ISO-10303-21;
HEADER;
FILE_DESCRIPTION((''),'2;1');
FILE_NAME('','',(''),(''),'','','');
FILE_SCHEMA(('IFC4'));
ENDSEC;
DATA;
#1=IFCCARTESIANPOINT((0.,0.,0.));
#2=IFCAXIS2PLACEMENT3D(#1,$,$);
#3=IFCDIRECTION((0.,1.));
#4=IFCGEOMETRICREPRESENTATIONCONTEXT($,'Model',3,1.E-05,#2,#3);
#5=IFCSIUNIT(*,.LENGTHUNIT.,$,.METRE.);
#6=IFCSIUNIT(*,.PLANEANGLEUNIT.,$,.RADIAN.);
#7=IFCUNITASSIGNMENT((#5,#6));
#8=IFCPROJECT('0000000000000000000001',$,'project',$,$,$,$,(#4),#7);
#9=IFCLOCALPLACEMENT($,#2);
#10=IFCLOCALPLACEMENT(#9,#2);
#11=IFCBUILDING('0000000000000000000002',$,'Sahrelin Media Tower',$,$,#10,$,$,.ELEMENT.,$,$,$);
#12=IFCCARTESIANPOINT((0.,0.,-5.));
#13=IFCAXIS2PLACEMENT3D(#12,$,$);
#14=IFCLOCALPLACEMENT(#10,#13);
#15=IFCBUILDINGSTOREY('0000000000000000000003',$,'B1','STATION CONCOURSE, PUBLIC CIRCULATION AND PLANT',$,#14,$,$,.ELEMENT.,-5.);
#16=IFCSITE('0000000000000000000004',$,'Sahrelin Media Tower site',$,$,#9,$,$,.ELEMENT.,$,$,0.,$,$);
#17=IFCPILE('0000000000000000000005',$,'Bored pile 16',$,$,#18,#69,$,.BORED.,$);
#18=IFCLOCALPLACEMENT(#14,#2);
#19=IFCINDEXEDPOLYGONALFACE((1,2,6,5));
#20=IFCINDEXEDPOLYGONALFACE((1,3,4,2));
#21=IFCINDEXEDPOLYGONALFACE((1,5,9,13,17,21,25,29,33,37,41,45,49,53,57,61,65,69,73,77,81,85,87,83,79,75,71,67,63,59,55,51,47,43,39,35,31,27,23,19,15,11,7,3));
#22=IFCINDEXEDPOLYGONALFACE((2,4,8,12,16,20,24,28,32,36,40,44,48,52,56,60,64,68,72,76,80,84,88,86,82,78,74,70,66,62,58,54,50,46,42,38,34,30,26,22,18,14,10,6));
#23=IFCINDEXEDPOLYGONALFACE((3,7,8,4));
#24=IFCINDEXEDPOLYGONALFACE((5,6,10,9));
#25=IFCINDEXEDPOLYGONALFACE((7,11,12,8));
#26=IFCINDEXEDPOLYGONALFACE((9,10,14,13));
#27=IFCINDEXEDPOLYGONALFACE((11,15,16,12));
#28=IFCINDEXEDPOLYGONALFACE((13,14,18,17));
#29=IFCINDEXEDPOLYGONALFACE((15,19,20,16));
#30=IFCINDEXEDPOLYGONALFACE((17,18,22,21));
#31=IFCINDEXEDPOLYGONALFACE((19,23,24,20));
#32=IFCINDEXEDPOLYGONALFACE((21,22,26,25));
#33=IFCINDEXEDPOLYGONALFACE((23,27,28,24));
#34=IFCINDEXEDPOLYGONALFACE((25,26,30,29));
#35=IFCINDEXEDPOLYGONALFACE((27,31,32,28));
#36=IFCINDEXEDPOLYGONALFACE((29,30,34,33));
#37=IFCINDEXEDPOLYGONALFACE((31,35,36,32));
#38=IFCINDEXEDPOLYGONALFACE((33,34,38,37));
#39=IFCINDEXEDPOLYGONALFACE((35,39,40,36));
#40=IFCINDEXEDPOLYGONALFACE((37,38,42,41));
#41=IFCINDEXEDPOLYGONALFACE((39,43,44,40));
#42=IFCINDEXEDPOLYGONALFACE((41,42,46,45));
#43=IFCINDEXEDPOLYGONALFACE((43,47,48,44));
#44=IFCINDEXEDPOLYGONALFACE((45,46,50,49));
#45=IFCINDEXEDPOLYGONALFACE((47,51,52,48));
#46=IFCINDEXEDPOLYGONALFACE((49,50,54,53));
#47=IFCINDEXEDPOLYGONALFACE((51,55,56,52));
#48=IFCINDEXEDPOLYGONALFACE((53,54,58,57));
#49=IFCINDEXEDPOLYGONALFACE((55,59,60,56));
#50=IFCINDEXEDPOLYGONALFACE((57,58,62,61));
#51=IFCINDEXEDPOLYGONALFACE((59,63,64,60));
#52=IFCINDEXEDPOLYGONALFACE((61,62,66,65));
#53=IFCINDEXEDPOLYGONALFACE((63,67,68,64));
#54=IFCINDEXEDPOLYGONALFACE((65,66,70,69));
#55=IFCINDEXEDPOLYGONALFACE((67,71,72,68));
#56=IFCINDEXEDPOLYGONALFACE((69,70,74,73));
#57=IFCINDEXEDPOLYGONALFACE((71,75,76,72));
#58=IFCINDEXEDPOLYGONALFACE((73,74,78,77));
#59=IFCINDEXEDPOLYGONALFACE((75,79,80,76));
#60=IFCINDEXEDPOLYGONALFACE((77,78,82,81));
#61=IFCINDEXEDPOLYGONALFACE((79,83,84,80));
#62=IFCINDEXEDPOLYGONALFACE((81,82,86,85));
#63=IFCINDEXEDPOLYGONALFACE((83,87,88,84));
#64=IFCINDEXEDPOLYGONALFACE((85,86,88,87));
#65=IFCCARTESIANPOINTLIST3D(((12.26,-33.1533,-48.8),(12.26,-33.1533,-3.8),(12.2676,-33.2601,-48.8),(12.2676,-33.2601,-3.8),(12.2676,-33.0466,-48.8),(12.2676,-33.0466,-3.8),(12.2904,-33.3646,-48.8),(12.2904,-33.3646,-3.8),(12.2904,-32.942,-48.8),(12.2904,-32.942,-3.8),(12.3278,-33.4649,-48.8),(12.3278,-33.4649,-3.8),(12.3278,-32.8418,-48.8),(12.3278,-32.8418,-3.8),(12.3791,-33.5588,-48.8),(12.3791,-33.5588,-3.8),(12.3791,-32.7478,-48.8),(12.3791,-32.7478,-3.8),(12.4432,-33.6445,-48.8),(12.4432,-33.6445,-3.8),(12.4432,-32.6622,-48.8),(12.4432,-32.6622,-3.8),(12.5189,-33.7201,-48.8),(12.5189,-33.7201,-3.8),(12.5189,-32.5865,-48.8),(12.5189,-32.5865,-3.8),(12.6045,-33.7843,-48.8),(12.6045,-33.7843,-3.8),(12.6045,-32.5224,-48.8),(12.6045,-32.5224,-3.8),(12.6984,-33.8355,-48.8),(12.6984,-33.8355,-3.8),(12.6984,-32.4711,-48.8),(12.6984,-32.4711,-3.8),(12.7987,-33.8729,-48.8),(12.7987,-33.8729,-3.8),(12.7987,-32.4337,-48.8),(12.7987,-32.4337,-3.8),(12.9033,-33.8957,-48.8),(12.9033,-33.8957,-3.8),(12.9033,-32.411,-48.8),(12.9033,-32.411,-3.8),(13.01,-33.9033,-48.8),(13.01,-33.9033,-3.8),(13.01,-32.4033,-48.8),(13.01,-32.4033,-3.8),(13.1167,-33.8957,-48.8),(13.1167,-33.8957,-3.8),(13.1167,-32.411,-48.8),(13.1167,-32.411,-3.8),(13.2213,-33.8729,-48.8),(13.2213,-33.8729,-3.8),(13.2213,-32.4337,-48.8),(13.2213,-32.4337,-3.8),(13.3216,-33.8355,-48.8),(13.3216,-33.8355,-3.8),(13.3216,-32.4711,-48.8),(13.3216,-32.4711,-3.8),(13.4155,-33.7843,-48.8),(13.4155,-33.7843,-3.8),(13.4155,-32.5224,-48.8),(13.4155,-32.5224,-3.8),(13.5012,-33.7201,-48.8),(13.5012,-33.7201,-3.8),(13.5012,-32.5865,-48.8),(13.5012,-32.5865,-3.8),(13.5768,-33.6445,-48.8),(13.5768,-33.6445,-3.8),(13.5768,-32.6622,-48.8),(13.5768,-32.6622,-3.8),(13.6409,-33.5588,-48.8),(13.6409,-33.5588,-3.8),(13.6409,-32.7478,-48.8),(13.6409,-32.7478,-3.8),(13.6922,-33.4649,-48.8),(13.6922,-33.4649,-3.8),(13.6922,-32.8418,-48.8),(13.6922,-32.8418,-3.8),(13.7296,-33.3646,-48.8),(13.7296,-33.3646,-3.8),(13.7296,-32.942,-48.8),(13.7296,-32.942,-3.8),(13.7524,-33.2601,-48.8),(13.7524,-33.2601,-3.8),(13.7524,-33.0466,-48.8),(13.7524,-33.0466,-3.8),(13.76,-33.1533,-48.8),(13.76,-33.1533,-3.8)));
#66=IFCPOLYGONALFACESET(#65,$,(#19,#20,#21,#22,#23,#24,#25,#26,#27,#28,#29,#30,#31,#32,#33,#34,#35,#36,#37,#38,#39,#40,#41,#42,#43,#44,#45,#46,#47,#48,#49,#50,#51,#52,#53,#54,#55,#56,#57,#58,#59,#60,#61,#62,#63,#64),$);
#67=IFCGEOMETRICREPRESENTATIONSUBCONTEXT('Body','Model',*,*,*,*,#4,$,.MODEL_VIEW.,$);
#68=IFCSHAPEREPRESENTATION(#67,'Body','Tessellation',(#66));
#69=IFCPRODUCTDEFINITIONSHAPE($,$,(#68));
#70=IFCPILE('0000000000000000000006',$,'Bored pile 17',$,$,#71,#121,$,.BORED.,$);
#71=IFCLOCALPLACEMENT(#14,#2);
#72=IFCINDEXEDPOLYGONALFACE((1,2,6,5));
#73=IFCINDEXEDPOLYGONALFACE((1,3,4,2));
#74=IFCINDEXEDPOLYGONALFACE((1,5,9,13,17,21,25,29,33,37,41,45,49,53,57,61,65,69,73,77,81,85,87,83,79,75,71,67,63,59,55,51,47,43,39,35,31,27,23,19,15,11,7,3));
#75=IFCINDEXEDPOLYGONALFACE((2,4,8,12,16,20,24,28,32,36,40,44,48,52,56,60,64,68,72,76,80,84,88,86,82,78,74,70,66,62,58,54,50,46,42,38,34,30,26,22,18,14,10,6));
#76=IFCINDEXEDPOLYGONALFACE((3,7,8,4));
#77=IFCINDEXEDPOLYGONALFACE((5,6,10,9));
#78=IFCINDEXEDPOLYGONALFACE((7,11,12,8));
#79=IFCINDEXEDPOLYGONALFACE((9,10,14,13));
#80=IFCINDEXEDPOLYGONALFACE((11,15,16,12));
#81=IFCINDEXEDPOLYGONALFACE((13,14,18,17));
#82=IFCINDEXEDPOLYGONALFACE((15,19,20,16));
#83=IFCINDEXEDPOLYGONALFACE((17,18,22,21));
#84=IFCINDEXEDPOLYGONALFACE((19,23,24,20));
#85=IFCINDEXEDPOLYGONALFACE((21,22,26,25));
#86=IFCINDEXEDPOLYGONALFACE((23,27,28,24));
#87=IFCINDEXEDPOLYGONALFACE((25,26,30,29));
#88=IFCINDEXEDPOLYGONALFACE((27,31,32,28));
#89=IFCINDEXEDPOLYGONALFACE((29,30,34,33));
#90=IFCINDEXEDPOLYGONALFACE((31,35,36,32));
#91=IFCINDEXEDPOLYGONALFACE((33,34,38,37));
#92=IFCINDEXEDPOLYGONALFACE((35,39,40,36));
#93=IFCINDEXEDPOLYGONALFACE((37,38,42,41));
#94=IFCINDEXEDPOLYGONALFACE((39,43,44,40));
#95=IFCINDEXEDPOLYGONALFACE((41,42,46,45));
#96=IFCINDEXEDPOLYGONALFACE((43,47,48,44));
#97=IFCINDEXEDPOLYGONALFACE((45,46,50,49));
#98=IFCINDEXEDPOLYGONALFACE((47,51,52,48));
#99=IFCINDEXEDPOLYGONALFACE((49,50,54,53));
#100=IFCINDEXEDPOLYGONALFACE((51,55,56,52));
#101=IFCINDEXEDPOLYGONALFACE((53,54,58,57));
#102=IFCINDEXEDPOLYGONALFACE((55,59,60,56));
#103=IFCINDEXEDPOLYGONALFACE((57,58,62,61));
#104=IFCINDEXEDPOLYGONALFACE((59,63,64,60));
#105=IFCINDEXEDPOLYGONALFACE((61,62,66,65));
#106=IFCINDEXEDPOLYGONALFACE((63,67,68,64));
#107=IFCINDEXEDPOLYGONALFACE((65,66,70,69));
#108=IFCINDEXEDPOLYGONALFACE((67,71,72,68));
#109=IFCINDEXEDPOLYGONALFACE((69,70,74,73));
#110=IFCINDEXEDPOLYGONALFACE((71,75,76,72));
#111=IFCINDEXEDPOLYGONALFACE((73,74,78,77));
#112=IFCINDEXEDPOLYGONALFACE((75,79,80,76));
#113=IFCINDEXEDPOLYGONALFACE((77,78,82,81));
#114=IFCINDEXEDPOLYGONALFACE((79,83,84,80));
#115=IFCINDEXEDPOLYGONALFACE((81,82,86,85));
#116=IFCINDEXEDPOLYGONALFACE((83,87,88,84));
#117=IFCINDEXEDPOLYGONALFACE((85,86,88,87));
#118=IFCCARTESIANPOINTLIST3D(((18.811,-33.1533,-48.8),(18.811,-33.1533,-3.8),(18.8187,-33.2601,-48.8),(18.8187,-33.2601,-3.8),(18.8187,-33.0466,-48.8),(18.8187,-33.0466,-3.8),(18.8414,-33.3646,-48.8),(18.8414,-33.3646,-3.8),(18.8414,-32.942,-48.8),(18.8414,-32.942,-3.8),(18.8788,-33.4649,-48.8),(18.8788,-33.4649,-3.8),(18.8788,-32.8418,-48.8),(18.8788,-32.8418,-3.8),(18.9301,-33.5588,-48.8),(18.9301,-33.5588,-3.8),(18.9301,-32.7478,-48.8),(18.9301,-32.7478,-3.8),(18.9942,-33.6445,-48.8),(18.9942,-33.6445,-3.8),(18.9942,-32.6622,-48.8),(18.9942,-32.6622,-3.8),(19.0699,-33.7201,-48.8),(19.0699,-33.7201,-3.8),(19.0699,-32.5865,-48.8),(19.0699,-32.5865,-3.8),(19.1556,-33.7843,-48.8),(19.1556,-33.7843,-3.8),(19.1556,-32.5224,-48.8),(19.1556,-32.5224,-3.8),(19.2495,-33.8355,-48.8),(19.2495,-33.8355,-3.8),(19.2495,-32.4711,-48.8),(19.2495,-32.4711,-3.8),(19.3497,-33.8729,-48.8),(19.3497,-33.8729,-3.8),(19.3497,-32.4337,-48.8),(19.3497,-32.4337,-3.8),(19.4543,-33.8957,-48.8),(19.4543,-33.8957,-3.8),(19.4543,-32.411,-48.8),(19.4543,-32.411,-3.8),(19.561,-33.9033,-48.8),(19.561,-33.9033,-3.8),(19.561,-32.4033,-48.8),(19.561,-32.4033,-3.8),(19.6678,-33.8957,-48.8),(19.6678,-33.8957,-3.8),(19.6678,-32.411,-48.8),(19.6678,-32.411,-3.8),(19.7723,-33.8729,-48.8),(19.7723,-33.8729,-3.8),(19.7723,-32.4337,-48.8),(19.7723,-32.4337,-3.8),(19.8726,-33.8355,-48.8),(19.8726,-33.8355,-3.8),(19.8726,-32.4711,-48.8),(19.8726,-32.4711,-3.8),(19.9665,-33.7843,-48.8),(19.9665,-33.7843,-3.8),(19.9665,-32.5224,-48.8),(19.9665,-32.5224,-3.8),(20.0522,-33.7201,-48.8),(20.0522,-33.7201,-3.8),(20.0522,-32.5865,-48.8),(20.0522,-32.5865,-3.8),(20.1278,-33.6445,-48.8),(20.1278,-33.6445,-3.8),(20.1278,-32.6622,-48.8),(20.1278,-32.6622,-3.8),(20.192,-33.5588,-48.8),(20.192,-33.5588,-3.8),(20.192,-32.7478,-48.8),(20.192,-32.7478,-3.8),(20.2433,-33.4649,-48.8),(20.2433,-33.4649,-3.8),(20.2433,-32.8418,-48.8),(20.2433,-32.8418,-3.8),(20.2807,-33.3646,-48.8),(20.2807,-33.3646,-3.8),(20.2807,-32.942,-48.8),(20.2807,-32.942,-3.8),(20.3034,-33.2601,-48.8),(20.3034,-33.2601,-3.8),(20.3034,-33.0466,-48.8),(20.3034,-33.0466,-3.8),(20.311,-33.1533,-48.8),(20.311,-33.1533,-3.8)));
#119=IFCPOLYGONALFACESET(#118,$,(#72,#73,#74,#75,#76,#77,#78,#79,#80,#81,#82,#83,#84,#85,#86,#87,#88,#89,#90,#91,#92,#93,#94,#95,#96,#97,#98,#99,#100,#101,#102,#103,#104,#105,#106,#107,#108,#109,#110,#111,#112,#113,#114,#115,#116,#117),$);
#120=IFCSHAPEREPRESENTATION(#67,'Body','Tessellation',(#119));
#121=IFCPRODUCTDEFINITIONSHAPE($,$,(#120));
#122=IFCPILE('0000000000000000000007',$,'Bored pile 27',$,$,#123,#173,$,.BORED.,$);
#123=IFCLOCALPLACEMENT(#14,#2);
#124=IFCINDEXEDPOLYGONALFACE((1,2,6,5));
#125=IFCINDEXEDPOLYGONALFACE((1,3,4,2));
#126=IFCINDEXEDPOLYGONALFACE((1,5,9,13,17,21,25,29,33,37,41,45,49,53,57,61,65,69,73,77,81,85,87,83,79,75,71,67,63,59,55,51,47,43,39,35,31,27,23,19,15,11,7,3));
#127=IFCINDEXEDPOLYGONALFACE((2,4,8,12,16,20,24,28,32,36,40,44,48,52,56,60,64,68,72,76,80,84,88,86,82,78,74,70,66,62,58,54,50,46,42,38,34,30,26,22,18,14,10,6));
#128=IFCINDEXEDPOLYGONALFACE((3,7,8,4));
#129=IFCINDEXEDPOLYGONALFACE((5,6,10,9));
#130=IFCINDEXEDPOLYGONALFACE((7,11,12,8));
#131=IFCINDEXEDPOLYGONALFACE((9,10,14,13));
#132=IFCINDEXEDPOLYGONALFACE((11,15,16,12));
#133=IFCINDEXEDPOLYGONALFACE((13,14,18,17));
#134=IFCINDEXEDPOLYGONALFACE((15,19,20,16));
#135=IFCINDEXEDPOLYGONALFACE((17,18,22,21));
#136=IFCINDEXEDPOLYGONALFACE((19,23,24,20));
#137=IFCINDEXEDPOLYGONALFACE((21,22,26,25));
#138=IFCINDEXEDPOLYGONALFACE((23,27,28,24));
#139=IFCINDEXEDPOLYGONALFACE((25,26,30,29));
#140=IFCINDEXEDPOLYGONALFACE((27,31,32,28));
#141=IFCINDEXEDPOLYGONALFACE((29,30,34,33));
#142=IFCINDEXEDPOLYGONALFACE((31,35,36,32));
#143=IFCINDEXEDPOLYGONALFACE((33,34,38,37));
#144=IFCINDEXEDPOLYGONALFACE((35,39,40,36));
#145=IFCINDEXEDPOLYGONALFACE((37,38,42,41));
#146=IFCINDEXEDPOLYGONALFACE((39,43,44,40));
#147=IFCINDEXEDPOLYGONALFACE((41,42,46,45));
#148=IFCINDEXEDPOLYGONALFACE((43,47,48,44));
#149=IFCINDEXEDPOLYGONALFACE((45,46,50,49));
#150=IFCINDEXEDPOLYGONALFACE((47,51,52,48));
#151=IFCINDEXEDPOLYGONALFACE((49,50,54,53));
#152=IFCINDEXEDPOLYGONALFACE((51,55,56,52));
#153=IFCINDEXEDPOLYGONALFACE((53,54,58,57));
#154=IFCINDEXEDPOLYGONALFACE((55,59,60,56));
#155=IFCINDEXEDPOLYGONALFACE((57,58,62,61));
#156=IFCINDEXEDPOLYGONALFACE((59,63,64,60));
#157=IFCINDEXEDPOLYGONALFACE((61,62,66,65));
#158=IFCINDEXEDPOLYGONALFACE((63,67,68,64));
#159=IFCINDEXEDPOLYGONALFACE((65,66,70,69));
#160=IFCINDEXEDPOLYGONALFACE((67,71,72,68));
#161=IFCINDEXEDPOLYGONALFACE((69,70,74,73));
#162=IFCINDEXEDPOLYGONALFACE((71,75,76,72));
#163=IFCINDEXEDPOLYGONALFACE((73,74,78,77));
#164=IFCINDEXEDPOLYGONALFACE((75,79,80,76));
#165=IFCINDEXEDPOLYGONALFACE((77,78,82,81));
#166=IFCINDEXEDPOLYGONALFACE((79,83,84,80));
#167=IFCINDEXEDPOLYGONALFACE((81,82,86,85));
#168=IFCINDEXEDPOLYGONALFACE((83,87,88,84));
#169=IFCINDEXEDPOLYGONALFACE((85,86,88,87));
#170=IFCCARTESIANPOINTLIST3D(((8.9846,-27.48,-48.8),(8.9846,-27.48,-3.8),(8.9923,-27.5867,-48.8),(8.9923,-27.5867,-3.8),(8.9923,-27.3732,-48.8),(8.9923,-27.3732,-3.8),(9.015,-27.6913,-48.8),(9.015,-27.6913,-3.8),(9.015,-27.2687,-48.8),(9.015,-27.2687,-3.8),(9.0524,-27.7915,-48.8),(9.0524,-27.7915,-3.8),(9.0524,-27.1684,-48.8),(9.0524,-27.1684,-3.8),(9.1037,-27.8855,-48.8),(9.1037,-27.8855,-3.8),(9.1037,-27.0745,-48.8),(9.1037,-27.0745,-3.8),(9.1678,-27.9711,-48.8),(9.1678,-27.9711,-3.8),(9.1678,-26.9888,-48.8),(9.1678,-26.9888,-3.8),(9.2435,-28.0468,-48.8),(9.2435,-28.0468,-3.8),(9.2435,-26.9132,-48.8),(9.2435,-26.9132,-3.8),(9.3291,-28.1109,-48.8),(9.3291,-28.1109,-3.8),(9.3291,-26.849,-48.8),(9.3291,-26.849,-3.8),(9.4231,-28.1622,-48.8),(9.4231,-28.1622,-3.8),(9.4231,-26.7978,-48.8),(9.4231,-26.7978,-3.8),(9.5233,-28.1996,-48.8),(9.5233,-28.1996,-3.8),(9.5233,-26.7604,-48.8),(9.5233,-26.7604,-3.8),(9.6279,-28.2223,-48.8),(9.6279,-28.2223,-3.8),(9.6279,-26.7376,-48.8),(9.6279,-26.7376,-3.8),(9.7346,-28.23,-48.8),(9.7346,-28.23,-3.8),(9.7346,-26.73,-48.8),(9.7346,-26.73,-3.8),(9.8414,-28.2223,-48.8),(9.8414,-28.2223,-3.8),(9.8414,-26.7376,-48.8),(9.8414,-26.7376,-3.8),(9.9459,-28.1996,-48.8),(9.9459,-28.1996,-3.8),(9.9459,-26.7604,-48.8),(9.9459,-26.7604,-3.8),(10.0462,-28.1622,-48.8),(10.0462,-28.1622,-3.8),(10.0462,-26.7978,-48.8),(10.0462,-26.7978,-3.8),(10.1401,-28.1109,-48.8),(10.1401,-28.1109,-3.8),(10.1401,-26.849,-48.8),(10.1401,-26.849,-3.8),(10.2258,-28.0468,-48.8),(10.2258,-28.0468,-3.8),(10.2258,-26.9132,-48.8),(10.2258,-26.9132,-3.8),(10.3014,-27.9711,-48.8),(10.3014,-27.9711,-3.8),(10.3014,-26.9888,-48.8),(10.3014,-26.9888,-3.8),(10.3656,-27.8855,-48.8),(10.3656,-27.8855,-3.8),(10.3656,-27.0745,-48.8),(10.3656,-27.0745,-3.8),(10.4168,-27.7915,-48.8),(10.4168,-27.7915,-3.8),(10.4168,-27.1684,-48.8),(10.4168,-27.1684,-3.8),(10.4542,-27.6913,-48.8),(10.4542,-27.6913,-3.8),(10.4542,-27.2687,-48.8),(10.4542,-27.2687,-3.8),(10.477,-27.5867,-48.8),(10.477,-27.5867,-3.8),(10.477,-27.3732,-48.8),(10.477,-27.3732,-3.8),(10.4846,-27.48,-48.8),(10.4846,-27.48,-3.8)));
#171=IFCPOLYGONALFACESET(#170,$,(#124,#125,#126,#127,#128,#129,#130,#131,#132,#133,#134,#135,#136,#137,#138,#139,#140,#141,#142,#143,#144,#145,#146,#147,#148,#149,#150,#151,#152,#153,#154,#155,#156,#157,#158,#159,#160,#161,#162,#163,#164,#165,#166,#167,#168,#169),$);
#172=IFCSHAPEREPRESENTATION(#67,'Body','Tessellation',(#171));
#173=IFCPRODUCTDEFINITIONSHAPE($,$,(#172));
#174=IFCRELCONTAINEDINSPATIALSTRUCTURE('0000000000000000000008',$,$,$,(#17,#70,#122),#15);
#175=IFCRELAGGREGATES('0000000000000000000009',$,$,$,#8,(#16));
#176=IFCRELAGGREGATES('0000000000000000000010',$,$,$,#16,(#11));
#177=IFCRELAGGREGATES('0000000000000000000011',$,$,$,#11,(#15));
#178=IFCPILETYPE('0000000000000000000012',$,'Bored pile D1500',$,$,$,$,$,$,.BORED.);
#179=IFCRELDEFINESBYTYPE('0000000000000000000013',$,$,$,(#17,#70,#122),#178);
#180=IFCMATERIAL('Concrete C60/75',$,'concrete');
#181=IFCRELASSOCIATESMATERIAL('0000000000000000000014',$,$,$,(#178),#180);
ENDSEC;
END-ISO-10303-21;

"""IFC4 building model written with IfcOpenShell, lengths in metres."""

from ifc_helpers import new_model, si_unit, direction, frame, origin, origin_2d, place, context, subcontext, project, spatial, circle, extrude, material, material_profile, profile_set, type_object, element, save


model = new_model("IFC4")

# Units and contexts
model_context = context("Model", 3, precision=1e-05, world=origin(), true_north=direction((0.0, 1.0)))
body_context = subcontext(model_context, "Body", "Model", "MODEL_VIEW")
ifc_project = project(units=[si_unit("LENGTHUNIT", "METRE"), si_unit("PLANEANGLEUNIT", "RADIAN")], contexts=[model_context])

# Site, building, storey
site_placement = place(None, origin())
site = spatial("IfcSite", under=ifc_project, at=site_placement, Name="Sahrelin Media Tower site", CompositionType="ELEMENT", RefElevation=0.0)
building_placement = place(site_placement, origin())
building = spatial("IfcBuilding", under=site, at=building_placement, Name="Sahrelin Media Tower", CompositionType="ELEMENT")
storey_placement = place(building_placement, frame((0.0, 0.0, -5.0)))
storey = spatial("IfcBuildingStorey", under=building, at=storey_placement, Name="B1", Description="STATION CONCOURSE, PUBLIC CIRCULATION AND PLANT", CompositionType="ELEMENT", Elevation=-5.0)

# Piles
ifc_material_1 = material(Name="Concrete C60/75", Category="concrete")
ifc_material_profile_1 = material_profile(ifc_material_1, circle(Radius=0.75, at=origin_2d()), Name="Bored pile D1500")
ifc_profile_set_1 = profile_set([ifc_material_profile_1], Name="Concrete C60/75")
pile_type = type_object("IfcPileType", Name="Bored pile D1500", PredefinedType="BORED", material=ifc_profile_set_1)
for number, where, z_axis, x_axis, name in (
    (1, (13.01, -33.1533, -3.8), (0.0, 0.0, -1.0), (1.0, 0.0, 0.0), "Bored pile 16"),
    (2, (19.561, -33.1533, -3.8), (0.0, 0.0, -1.0), (1.0, 0.0, 0.0), "Bored pile 17"),
    (3, (9.7346, -27.48, -3.8), (0.0, 0.0, -1.0), (1.0, 0.0, 0.0), "Bored pile 27"),
):
    element("IfcPile", number, at=place(storey_placement, frame(where, z_axis=z_axis, x_axis=x_axis)), inside=storey, type_object=pile_type, Name=name, PredefinedType="BORED", context=body_context, shape_type="SweptSolid", body=[
        extrude(circle(Radius=0.75, at=origin_2d()), origin(), (0.0, 0.0, 1.0), 45.0),
    ])

save(model, "model.ifc")
